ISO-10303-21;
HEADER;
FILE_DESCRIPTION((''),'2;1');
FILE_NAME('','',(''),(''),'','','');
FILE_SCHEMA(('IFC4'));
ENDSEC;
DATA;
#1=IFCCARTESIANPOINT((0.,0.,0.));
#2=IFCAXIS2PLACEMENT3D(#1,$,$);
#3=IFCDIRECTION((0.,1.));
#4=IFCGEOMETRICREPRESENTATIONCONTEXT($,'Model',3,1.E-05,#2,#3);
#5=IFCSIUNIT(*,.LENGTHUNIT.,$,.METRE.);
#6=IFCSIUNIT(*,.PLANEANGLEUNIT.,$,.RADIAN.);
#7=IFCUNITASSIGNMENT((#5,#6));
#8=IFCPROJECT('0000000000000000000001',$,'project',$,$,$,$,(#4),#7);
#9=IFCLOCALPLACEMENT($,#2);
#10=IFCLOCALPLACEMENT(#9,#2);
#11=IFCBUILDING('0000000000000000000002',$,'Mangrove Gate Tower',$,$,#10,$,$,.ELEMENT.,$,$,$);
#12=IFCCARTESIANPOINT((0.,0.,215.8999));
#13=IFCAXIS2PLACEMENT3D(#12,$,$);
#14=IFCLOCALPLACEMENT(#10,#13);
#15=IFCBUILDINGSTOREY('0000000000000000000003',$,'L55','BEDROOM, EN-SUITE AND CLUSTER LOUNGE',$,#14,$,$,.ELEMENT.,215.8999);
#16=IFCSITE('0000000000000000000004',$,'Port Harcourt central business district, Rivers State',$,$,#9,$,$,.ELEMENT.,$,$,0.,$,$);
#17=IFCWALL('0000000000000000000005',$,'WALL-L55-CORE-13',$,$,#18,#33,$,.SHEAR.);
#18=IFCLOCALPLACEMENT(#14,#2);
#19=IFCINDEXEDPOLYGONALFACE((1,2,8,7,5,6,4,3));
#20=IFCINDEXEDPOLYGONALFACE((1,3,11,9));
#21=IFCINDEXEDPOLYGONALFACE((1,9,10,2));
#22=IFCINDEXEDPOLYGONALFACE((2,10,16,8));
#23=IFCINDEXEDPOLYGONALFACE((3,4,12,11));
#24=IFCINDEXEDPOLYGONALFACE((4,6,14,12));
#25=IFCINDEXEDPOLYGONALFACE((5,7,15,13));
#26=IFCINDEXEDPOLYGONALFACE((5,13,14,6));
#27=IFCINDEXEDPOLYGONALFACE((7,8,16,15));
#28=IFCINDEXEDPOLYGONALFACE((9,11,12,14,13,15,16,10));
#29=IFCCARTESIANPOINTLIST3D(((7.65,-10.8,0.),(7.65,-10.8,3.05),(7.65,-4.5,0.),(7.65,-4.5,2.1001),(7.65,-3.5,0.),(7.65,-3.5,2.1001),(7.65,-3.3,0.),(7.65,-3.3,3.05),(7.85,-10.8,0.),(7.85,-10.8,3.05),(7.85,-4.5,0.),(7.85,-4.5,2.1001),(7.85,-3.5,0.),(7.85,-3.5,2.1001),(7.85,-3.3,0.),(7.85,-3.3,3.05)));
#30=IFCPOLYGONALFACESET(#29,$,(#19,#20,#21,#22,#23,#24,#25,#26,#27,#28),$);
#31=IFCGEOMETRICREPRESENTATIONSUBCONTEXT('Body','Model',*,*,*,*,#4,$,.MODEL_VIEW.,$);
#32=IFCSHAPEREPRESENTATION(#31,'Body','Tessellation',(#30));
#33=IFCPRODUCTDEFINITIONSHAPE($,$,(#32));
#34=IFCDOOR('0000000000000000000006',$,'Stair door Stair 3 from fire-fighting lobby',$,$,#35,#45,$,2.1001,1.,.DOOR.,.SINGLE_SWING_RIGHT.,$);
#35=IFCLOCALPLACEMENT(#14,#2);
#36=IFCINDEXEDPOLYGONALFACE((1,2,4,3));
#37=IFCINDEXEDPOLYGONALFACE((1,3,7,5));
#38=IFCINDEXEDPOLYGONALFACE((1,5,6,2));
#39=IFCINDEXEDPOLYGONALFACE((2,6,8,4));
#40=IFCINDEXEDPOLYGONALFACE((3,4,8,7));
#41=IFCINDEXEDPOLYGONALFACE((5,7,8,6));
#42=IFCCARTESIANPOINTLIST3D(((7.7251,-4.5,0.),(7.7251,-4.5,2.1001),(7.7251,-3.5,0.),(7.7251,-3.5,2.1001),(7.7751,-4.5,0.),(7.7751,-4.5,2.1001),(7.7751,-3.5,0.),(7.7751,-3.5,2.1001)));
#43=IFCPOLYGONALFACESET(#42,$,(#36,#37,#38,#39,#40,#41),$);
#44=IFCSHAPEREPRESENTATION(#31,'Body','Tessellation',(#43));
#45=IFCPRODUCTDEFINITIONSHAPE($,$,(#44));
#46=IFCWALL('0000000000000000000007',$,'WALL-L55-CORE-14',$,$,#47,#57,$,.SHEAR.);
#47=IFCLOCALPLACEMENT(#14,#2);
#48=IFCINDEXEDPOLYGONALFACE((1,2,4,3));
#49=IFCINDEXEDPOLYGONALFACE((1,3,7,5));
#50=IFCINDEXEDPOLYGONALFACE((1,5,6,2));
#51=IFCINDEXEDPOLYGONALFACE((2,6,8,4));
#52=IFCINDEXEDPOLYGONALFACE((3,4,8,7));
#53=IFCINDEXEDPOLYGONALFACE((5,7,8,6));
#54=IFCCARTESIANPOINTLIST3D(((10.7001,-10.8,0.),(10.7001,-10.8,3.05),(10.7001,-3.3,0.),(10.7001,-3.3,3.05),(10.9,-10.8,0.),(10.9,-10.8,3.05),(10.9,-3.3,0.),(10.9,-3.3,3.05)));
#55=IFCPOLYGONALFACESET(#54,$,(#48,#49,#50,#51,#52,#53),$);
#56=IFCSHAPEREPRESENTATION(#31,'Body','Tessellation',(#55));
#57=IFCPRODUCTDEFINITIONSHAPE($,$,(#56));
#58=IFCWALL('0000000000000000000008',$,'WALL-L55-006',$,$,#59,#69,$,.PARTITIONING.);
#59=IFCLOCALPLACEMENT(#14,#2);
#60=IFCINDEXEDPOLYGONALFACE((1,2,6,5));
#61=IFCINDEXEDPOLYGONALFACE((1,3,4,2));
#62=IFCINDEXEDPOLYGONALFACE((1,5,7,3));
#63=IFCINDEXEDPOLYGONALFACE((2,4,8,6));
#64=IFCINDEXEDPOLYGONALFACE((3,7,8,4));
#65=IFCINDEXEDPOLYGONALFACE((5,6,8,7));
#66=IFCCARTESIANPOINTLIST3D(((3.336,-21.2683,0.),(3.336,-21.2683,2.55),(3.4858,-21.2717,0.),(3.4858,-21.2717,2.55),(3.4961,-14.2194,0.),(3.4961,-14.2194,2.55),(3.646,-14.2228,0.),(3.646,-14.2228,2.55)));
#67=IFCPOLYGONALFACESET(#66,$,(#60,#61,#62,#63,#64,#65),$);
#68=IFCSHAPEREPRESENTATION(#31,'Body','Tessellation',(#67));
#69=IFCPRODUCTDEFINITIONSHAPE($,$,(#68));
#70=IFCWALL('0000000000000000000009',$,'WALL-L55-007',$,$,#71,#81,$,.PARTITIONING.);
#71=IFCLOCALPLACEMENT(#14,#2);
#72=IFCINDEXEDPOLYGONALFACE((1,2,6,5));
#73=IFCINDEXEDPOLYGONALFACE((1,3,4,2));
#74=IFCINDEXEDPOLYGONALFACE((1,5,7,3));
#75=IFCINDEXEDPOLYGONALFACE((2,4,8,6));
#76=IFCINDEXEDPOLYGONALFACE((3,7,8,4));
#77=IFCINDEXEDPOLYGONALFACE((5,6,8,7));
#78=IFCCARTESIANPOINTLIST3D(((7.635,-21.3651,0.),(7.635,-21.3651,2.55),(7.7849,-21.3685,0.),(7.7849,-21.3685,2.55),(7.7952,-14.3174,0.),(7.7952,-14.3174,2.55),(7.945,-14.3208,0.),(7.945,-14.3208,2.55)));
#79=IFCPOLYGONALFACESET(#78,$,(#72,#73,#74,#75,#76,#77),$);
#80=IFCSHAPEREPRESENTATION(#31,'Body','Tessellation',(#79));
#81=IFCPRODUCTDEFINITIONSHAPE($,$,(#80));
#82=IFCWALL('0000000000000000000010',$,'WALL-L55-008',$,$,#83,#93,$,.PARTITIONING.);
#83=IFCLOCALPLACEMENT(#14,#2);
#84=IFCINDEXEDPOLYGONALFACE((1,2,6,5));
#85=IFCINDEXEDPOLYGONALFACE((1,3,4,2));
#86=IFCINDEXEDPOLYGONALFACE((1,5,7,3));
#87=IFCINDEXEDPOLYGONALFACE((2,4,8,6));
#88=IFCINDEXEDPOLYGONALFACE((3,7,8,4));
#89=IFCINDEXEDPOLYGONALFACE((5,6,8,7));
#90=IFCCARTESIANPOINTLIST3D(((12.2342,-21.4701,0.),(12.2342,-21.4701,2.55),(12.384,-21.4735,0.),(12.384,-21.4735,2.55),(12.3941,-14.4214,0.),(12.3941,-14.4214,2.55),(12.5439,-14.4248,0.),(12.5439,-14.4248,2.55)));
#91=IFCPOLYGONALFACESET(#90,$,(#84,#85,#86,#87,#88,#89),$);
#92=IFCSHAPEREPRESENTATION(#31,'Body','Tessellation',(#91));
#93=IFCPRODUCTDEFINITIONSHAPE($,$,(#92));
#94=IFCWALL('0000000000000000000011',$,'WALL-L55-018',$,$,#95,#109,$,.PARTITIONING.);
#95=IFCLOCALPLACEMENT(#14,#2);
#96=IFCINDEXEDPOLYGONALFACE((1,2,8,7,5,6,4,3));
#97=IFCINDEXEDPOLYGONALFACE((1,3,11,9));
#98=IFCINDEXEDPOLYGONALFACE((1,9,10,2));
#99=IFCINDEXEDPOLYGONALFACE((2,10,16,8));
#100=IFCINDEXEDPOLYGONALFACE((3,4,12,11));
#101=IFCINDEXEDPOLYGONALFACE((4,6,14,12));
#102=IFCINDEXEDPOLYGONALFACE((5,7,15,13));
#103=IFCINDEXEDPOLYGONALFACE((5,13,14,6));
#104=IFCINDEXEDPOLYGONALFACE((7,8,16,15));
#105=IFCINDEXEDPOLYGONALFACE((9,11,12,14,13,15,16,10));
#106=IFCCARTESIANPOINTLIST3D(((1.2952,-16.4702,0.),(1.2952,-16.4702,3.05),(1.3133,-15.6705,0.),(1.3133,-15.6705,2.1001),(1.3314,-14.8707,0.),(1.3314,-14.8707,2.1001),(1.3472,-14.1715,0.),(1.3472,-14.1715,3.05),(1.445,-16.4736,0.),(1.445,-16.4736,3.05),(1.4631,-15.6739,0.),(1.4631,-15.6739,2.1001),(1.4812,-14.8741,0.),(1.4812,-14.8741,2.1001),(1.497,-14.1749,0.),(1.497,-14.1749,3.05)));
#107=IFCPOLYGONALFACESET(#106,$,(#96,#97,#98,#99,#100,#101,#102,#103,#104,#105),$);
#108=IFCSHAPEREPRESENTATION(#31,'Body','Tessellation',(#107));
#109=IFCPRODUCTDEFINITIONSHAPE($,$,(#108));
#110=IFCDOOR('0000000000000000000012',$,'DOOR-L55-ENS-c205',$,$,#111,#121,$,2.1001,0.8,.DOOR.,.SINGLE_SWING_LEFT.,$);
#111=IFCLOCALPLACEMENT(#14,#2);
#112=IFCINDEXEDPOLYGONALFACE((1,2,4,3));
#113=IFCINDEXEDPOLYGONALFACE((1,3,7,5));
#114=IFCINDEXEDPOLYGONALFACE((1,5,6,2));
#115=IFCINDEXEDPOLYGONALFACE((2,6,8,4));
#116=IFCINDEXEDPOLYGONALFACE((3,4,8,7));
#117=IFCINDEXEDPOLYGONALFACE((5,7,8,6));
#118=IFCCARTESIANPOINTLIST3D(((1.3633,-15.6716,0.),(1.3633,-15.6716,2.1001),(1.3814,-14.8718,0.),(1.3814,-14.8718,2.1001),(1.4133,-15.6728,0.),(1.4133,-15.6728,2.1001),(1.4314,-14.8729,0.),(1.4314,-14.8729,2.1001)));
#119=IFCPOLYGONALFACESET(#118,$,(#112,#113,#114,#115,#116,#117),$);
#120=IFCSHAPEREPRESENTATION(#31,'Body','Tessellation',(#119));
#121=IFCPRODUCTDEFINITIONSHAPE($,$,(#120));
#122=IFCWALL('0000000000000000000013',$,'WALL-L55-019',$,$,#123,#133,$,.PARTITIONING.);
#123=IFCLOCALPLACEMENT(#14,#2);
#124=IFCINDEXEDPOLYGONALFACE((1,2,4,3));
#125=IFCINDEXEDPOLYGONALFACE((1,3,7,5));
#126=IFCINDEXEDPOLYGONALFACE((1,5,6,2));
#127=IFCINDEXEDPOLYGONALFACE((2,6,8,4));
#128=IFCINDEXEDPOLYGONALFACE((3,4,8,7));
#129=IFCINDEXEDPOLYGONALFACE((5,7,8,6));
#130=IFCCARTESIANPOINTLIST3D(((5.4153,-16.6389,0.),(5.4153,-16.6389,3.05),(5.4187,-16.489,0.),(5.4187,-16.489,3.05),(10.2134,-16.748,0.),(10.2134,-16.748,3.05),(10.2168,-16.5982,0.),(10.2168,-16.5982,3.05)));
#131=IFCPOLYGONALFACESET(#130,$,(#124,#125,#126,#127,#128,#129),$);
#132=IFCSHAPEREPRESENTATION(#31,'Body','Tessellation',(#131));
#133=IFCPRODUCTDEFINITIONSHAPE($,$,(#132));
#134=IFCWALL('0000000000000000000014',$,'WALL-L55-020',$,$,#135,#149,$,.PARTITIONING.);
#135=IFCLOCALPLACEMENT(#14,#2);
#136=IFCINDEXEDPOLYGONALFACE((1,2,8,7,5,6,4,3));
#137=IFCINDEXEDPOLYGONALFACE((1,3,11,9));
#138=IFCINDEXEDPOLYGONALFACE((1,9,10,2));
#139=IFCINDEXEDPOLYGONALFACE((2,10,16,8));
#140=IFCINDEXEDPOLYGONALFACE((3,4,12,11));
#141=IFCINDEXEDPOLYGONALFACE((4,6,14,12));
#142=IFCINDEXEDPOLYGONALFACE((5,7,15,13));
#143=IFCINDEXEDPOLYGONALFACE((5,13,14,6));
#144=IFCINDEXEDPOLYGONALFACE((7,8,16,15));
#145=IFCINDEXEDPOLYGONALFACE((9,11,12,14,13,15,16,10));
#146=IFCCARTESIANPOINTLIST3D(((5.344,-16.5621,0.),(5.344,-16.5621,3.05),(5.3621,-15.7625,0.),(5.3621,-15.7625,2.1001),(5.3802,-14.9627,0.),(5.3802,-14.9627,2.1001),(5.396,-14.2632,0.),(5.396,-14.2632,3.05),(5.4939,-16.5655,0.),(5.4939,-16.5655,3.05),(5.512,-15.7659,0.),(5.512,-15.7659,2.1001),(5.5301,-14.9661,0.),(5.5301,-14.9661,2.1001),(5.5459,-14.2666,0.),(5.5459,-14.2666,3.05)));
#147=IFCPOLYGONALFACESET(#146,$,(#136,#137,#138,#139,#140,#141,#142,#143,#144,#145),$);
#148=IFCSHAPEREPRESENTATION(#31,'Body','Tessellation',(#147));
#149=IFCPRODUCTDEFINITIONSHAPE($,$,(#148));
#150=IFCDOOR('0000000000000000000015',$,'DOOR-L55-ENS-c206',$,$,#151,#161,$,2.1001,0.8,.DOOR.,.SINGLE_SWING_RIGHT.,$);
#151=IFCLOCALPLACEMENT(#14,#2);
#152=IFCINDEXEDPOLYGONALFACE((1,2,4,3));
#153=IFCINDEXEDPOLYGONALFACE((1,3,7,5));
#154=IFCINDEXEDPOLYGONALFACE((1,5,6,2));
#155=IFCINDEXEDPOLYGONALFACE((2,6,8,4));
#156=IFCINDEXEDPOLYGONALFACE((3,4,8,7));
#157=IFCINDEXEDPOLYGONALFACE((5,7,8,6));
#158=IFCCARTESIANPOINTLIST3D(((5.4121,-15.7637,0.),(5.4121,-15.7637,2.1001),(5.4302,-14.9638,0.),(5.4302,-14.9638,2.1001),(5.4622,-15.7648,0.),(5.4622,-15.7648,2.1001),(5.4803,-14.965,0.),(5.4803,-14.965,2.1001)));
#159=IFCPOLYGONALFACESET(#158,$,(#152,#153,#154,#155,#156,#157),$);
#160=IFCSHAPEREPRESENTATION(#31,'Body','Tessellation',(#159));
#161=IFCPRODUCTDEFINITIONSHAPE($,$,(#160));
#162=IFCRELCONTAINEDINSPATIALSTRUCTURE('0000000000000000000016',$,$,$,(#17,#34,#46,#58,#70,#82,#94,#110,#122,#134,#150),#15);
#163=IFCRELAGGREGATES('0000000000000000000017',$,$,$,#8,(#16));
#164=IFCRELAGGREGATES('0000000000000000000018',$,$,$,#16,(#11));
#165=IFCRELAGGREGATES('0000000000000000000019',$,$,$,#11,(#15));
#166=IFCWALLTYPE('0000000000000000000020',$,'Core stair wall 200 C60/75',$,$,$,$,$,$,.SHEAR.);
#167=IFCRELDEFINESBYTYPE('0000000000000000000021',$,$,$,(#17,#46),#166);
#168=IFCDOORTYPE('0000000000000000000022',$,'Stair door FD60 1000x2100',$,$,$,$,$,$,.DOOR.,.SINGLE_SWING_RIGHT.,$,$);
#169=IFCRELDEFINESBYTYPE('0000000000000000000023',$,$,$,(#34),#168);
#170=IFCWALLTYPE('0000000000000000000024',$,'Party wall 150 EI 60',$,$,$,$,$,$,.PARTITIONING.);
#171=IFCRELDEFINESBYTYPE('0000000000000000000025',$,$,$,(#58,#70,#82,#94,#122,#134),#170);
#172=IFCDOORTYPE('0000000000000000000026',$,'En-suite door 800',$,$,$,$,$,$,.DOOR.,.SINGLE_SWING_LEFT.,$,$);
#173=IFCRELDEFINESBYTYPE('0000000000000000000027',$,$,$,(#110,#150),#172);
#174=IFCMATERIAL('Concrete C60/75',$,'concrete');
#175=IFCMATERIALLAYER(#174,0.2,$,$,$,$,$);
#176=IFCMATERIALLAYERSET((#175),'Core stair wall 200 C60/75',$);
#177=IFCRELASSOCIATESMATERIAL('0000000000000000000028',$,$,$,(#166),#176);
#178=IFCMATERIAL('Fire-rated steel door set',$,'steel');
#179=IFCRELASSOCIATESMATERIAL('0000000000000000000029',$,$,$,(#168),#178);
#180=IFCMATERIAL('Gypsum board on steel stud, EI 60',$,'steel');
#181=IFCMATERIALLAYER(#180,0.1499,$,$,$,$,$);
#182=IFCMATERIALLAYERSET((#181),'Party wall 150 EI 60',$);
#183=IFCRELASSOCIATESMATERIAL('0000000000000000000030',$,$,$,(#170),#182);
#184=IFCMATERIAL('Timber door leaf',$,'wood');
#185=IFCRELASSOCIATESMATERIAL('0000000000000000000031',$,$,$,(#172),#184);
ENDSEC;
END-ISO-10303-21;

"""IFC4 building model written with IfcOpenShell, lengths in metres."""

from ifc_helpers import new_model, si_unit, direction, frame, frame_2d, origin, place, context, subcontext, project, spatial, rectangle, extrude, material, layer, layer_set, type_object, element, fill, save


model = new_model("IFC4")

# Units and contexts
model_context = context("Model", 3, precision=1e-05, world=origin(), true_north=direction((0.0, 1.0)))
body_context = subcontext(model_context, "Body", "Model", "MODEL_VIEW")
ifc_project = project(units=[si_unit("LENGTHUNIT", "METRE"), si_unit("PLANEANGLEUNIT", "RADIAN")], contexts=[model_context])

# Site, building, storey
site_placement = place(None, origin())
site = spatial("IfcSite", under=ifc_project, at=site_placement, Name="Port Harcourt central business district, Rivers State", CompositionType="ELEMENT", RefElevation=0.0)
building_placement = place(site_placement, origin())
building = spatial("IfcBuilding", under=site, at=building_placement, Name="Mangrove Gate Tower", CompositionType="ELEMENT")
storey_placement = place(building_placement, frame((0.0, 0.0, 215.8999)))
storey = spatial("IfcBuildingStorey", under=building, at=storey_placement, Name="L55", Description="BEDROOM, EN-SUITE AND CLUSTER LOUNGE", CompositionType="ELEMENT", Elevation=215.8999)

# Wall, opening, door
ifc_material_1 = material(Name="Concrete C60/75", Category="concrete")
ifc_layer_1 = layer(ifc_material_1, 0.2)
ifc_layer_set_1 = layer_set([ifc_layer_1], Name="Core stair wall 200 C60/75")
wall_type_1 = type_object("IfcWallType", Name="Core stair wall 200 C60/75", PredefinedType="SHEAR", material=ifc_layer_set_1)
ifc_material_2 = material(Name="Fire-rated steel door set", Category="steel")
door_type_1 = type_object("IfcDoorType", Name="Stair door FD60 1000x2100", OperationType="SINGLE_SWING_RIGHT", PredefinedType="DOOR", material=ifc_material_2)
wall_1_placement = place(storey_placement, frame((7.75, -10.8, 0.0), z_axis=(0.0, 0.0, 1.0), x_axis=(0.0, 1.0, 0.0)))
wall_1 = element("IfcWall", 1, at=wall_1_placement, inside=storey, type_object=wall_type_1, Name="WALL-L55-CORE-13", PredefinedType="SHEAR", context=body_context, shape_type="SweptSolid", body=[
    extrude(rectangle(XDim=7.5, YDim=0.2, at=frame_2d((3.75, 0.0))), origin(), (0.0, 0.0, 1.0), 3.05),
])
opening_1_placement = place(wall_1_placement, frame((6.3, 0.0, 0.0)))
opening_1 = element("IfcOpeningElement", 2, at=opening_1_placement, cuts=wall_1, PredefinedType="OPENING", context=body_context, shape_type="SweptSolid", body=[
    extrude(rectangle(XDim=1.0, YDim=2.1001, at=frame_2d((0.5, 1.05))), frame((0.0, 0.1099, 0.0), z_axis=(0.0, -1.0, 0.0), x_axis=(1.0, 0.0, 0.0)), (0.0, 0.0, 1.0), 0.22),
])
door_1_placement = place(opening_1_placement, origin())
door_1 = element("IfcDoor", 3, at=door_1_placement, inside=storey, type_object=door_type_1, Name="Stair door Stair 3 from fire-fighting lobby", OperationType="SINGLE_SWING_RIGHT", OverallHeight=2.1001, OverallWidth=1.0, PredefinedType="DOOR", context=body_context, shape_type="SweptSolid", body=[
    extrude(rectangle(XDim=1.0, YDim=2.1001, at=frame_2d((0.5, 1.05))), frame((0.0, 0.0249, 0.0), z_axis=(0.0, -1.0, 0.0), x_axis=(1.0, 0.0, 0.0)), (0.0, 0.0, 1.0), 0.05),
])
fill(opening_1, door_1)

# Walls
wall_2_placement = place(storey_placement, frame((10.8, -10.8, 0.0), z_axis=(0.0, 0.0, 1.0), x_axis=(0.0, 1.0, 0.0)))
element("IfcWall", 4, at=wall_2_placement, inside=storey, type_object=wall_type_1, Name="WALL-L55-CORE-14", PredefinedType="SHEAR", context=body_context, shape_type="SweptSolid", body=[
    extrude(rectangle(XDim=7.5, YDim=0.2, at=frame_2d((3.75, 0.0))), origin(), (0.0, 0.0, 1.0), 3.05),
])
ifc_material_3 = material(Name="Gypsum board on steel stud, EI 60", Category="steel")
ifc_layer_2 = layer(ifc_material_3, 0.1499)
ifc_layer_set_2 = layer_set([ifc_layer_2], Name="Party wall 150 EI 60")
wall_type_2 = type_object("IfcWallType", Name="Party wall 150 EI 60", PredefinedType="PARTITIONING", material=ifc_layer_set_2)
wall_3_placement = place(storey_placement, frame((3.4109, -21.27, 0.0), z_axis=(0.0, 0.0, 1.0), x_axis=(0.022714, 0.999742, 0.0)))
element("IfcWall", 5, at=wall_3_placement, inside=storey, type_object=wall_type_2, Name="WALL-L55-006", PredefinedType="PARTITIONING", context=body_context, shape_type="SweptSolid", body=[
    extrude(rectangle(XDim=7.0508, YDim=0.1499, at=frame_2d((3.5254, 0.0))), origin(), (0.0, 0.0, 1.0), 2.55),
])
wall_4_placement = place(storey_placement, frame((7.71, -21.3669, 0.0), z_axis=(0.0, 0.0, 1.0), x_axis=(0.022718, 0.999742, 0.0)))
element("IfcWall", 6, at=wall_4_placement, inside=storey, type_object=wall_type_2, Name="WALL-L55-007", PredefinedType="PARTITIONING", context=body_context, shape_type="SweptSolid", body=[
    extrude(rectangle(XDim=7.0496, YDim=0.1499, at=frame_2d((3.5249, 0.0))), origin(), (0.0, 0.0, 1.0), 2.55),
])
wall_5_placement = place(storey_placement, frame((12.3091, -21.4719, 0.0), z_axis=(0.0, 0.0, 1.0), x_axis=(0.022681, 0.999743, 0.0)))
element("IfcWall", 7, at=wall_5_placement, inside=storey, type_object=wall_type_2, Name="WALL-L55-008", PredefinedType="PARTITIONING", context=body_context, shape_type="SweptSolid", body=[
    extrude(rectangle(XDim=7.0505, YDim=0.1499, at=frame_2d((3.5254, 0.0))), origin(), (0.0, 0.0, 1.0), 2.55),
])

# Wall, opening, door
wall_6_placement = place(storey_placement, frame((1.3701, -16.4719, 0.0), z_axis=(0.0, 0.0, 1.0), x_axis=(0.022615, 0.999744, 0.0)))
wall_6 = element("IfcWall", 8, at=wall_6_placement, inside=storey, type_object=wall_type_2, Name="WALL-L55-018", PredefinedType="PARTITIONING", context=body_context, shape_type="SweptSolid", body=[
    extrude(rectangle(XDim=2.2993, YDim=0.1499, at=frame_2d((1.1497, 0.0))), origin(), (0.0, 0.0, 1.0), 3.05),
])
opening_2_placement = place(wall_6_placement, frame((0.8, 0.0, 0.0)))
opening_2 = element("IfcOpeningElement", 9, at=opening_2_placement, cuts=wall_6, PredefinedType="OPENING", context=body_context, shape_type="SweptSolid", body=[
    extrude(rectangle(XDim=0.8, YDim=2.1001, at=frame_2d((0.3999, 1.05))), frame((0.0, 0.085, 0.0), z_axis=(0.0, -1.0, 0.0), x_axis=(1.0, 0.0, 0.0)), (0.0, 0.0, 1.0), 0.1699),
])
ifc_material_4 = material(Name="Timber door leaf", Category="wood")
door_type_2 = type_object("IfcDoorType", Name="En-suite door 800", OperationType="SINGLE_SWING_LEFT", PredefinedType="DOOR", material=ifc_material_4)
door_2_placement = place(opening_2_placement, origin())
door_2 = element("IfcDoor", 10, at=door_2_placement, inside=storey, type_object=door_type_2, Name="DOOR-L55-ENS-c205", OperationType="SINGLE_SWING_LEFT", OverallHeight=2.1001, OverallWidth=0.8, PredefinedType="DOOR", context=body_context, shape_type="SweptSolid", body=[
    extrude(rectangle(XDim=0.8, YDim=2.1001, at=frame_2d((0.3999, 1.05))), frame((0.0, 0.0249, 0.0), z_axis=(0.0, -1.0, 0.0), x_axis=(1.0, 0.0, 0.0)), (0.0, 0.0, 1.0), 0.05),
])
fill(opening_2, door_2)

# Wall
wall_7_placement = place(storey_placement, frame((5.417, -16.564, 0.0), z_axis=(0.0, 0.0, 1.0), x_axis=(0.999741, -0.022739, 0.0)))
element("IfcWall", 11, at=wall_7_placement, inside=storey, type_object=wall_type_2, Name="WALL-L55-019", PredefinedType="PARTITIONING", context=body_context, shape_type="SweptSolid", body=[
    extrude(rectangle(XDim=4.7993, YDim=0.1499, at=frame_2d((2.3997, 0.0))), origin(), (0.0, 0.0, 1.0), 3.05),
])

# Wall, opening, door
wall_8_placement = place(storey_placement, frame((5.4189, -16.564, 0.0), z_axis=(0.0, 0.0, 1.0), x_axis=(0.022613, 0.999744, 0.0)))
wall_8 = element("IfcWall", 12, at=wall_8_placement, inside=storey, type_object=wall_type_2, Name="WALL-L55-020", PredefinedType="PARTITIONING", context=body_context, shape_type="SweptSolid", body=[
    extrude(rectangle(XDim=2.2996, YDim=0.1499, at=frame_2d((1.1499, 0.0))), origin(), (0.0, 0.0, 1.0), 3.05),
])
opening_3_placement = place(wall_8_placement, frame((0.8, 0.0, 0.0)))
opening_3 = element("IfcOpeningElement", 13, at=opening_3_placement, cuts=wall_8, PredefinedType="OPENING", context=body_context, shape_type="SweptSolid", body=[
    extrude(rectangle(XDim=0.8, YDim=2.1001, at=frame_2d((0.3999, 1.05))), frame((0.0, 0.085, 0.0), z_axis=(0.0, -1.0, 0.0), x_axis=(1.0, 0.0, 0.0)), (0.0, 0.0, 1.0), 0.1699),
])
door_3_placement = place(opening_3_placement, origin())
door_3 = element("IfcDoor", 14, at=door_3_placement, inside=storey, type_object=door_type_2, Name="DOOR-L55-ENS-c206", OperationType="SINGLE_SWING_RIGHT", OverallHeight=2.1001, OverallWidth=0.8, PredefinedType="DOOR", context=body_context, shape_type="SweptSolid", body=[
    extrude(rectangle(XDim=0.8, YDim=2.1001, at=frame_2d((0.3999, 1.05))), frame((0.0, 0.0249, 0.0), z_axis=(0.0, -1.0, 0.0), x_axis=(1.0, 0.0, 0.0)), (0.0, 0.0, 1.0), 0.05),
])
fill(opening_3, door_3)

save(model, "model.ifc")
